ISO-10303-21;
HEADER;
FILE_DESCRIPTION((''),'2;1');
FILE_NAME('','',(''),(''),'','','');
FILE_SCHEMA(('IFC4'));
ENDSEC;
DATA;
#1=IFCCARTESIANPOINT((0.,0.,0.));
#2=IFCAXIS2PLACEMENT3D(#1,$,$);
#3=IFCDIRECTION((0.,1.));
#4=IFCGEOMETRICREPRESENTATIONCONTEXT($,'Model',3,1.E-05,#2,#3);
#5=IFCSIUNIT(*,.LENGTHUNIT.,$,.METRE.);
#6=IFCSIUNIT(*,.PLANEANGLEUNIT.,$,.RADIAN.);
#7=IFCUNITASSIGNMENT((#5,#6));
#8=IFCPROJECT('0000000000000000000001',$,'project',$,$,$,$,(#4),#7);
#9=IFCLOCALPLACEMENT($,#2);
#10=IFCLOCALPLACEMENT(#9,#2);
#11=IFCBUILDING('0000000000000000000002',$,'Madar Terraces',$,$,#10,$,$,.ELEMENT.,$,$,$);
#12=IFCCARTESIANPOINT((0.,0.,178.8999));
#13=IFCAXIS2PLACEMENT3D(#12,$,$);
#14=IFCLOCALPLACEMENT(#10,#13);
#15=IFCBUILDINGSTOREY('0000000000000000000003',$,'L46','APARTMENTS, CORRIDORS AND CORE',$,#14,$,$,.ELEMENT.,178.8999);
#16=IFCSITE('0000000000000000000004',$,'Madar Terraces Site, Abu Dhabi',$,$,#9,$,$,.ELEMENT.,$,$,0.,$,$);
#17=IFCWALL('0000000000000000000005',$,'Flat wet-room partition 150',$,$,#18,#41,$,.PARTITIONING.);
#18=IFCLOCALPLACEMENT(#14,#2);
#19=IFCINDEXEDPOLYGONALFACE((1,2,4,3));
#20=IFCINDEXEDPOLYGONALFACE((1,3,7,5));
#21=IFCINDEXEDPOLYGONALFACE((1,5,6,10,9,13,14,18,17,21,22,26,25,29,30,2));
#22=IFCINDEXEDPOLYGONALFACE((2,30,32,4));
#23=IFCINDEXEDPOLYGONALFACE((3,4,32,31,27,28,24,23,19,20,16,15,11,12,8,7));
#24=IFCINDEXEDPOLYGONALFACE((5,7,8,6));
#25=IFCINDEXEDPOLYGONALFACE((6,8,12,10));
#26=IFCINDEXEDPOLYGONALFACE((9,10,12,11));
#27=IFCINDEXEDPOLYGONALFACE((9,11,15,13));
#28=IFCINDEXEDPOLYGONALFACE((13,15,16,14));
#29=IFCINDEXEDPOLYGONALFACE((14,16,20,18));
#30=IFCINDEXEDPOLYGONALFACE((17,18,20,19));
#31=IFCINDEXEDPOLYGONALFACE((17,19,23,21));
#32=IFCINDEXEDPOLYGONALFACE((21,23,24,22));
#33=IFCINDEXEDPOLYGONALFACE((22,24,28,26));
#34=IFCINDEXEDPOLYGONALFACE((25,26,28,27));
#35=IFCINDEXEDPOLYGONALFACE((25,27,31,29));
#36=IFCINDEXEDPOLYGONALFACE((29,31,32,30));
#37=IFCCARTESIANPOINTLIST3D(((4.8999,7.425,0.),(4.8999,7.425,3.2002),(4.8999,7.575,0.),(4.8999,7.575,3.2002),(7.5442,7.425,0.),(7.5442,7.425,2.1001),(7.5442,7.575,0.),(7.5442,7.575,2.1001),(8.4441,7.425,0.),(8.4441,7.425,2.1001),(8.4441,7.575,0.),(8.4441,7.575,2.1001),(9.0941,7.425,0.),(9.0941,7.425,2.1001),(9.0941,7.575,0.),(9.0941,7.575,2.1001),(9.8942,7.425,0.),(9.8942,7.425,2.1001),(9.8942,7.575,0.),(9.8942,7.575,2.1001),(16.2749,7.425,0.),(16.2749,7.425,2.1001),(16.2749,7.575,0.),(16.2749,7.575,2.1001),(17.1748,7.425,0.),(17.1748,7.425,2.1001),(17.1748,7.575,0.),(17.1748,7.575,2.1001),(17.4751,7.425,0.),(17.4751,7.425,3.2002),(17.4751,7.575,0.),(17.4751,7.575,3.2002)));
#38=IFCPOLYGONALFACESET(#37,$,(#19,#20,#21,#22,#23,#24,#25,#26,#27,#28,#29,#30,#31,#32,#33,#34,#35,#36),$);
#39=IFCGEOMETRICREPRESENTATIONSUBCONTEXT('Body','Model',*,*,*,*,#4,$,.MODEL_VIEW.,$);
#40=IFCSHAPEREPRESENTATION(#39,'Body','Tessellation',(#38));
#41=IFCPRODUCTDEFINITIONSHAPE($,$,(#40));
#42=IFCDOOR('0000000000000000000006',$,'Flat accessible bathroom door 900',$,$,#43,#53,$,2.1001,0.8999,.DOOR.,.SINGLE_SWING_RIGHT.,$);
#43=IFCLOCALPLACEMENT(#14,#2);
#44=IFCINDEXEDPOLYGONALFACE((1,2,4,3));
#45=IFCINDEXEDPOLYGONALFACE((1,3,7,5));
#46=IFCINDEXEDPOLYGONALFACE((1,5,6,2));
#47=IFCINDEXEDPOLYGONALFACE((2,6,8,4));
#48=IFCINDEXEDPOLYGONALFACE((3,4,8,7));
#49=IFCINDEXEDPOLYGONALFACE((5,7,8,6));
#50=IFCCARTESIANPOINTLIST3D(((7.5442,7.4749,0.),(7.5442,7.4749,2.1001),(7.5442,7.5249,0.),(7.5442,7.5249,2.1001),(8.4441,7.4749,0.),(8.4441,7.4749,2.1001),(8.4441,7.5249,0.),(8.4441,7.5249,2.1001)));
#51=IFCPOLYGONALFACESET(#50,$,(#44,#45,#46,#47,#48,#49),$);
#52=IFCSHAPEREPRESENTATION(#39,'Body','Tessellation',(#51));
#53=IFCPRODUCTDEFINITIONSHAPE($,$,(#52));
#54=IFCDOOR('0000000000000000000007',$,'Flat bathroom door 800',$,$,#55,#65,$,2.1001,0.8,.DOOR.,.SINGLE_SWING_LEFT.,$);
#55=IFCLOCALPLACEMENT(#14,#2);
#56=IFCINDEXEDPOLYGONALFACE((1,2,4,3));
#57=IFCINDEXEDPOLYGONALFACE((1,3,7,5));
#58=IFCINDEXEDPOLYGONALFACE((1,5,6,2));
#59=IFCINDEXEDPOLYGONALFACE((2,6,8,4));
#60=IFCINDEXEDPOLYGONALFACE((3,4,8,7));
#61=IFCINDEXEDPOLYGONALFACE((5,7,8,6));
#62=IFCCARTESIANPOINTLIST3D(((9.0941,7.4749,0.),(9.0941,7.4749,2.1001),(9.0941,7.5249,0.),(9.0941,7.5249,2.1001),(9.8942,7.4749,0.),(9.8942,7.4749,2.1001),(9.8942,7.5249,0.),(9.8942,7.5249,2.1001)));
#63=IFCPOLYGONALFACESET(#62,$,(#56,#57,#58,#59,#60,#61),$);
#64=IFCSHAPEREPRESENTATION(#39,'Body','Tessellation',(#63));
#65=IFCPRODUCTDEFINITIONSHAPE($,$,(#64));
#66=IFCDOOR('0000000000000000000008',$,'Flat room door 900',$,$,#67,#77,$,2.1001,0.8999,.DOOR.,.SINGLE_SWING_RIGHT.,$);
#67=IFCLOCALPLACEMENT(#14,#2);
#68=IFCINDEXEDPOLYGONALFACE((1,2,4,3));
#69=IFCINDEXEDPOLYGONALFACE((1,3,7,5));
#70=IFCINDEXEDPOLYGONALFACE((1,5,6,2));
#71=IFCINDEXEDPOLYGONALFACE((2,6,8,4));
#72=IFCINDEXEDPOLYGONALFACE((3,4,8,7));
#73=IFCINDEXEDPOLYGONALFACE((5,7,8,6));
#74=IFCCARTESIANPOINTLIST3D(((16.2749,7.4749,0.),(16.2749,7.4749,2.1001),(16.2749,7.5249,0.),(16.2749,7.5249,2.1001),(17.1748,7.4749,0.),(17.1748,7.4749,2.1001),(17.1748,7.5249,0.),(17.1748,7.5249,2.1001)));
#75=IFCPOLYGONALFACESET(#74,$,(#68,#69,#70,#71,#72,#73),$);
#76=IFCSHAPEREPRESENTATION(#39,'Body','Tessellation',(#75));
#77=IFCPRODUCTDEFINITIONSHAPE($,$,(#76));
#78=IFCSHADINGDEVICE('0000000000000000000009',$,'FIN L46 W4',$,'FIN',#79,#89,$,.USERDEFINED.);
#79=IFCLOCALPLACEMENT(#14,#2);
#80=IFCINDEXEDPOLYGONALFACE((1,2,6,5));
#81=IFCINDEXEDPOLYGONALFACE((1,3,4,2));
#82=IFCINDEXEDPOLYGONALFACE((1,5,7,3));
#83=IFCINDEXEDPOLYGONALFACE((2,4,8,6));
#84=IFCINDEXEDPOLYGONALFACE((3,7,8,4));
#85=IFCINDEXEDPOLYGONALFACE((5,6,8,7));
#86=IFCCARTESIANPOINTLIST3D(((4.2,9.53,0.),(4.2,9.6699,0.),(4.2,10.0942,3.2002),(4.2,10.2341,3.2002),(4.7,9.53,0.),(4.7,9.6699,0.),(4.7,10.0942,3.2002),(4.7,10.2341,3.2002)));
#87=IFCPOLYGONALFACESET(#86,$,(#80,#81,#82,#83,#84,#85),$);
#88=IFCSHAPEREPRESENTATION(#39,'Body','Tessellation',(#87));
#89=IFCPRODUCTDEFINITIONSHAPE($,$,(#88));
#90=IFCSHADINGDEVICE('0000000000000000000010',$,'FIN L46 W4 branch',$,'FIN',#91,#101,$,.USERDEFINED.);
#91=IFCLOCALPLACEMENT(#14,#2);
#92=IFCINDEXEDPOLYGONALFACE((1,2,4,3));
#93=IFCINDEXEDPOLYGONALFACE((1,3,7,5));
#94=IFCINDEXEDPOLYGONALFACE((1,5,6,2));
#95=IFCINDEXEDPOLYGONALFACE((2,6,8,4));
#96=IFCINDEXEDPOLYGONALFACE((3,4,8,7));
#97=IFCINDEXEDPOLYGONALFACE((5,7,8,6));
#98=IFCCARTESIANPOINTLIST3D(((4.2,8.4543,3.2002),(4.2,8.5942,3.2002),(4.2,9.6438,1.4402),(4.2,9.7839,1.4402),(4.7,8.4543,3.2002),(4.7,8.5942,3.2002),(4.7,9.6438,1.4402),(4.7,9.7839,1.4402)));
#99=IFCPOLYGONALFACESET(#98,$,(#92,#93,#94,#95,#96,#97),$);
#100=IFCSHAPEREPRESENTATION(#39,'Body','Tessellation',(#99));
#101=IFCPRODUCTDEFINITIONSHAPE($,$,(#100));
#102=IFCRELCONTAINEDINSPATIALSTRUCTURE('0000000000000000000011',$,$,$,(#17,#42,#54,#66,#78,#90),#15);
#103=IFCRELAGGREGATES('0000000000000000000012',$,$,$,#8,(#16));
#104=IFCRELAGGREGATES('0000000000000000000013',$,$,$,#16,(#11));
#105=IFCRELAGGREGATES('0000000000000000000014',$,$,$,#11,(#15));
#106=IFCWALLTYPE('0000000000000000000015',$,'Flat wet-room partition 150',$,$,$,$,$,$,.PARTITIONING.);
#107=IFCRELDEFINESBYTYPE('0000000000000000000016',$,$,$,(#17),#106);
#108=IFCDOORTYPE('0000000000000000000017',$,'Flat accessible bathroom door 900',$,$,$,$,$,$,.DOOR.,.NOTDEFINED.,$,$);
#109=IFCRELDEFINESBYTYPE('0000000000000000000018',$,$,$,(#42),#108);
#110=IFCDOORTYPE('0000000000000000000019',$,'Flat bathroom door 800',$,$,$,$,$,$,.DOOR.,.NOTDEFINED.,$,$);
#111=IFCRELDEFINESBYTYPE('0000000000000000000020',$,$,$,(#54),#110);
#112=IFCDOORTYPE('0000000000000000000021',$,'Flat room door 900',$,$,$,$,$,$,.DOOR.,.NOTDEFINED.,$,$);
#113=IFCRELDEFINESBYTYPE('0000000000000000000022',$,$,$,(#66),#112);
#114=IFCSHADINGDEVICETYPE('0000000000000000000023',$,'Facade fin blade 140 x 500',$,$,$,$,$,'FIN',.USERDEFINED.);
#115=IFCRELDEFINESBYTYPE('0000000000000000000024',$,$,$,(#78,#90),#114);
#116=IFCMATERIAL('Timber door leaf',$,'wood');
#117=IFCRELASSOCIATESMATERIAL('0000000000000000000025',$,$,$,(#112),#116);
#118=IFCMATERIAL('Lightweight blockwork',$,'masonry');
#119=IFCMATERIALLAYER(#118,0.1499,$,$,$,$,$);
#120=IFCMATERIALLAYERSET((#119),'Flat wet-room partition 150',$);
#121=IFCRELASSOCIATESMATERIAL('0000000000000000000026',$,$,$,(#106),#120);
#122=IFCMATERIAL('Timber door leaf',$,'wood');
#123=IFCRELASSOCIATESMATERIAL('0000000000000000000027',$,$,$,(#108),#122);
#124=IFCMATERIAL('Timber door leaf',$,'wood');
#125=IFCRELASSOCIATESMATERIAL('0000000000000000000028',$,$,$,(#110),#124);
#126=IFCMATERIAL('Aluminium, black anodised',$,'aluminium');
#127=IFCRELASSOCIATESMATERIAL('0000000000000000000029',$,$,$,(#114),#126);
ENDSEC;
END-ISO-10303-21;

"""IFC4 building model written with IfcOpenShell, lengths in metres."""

from ifc_helpers import new_model, si_unit, direction, frame, frame_2d, origin, place, context, subcontext, project, spatial, polyline, rectangle, outline, extrude, material, layer, layer_set, type_object, element, fill, save


model = new_model("IFC4")

# Units and contexts
model_context = context("Model", 3, precision=1e-05, world=origin(), true_north=direction((0.0, 1.0)))
body_context = subcontext(model_context, "Body", "Model", "MODEL_VIEW")
ifc_project = project(units=[si_unit("LENGTHUNIT", "METRE"), si_unit("PLANEANGLEUNIT", "RADIAN")], contexts=[model_context])

# Site, building, storey
site_placement = place(None, origin())
site = spatial("IfcSite", under=ifc_project, at=site_placement, Name="Madar Terraces Site, Abu Dhabi", CompositionType="ELEMENT", RefElevation=0.0)
building_placement = place(site_placement, origin())
building = spatial("IfcBuilding", under=site, at=building_placement, Name="Madar Terraces", CompositionType="ELEMENT")
storey_placement = place(building_placement, frame((0.0, 0.0, 178.8999)))
storey = spatial("IfcBuildingStorey", under=building, at=storey_placement, Name="L46", Description="APARTMENTS, CORRIDORS AND CORE", CompositionType="ELEMENT", Elevation=178.8999)

# Shared definitions
ifc_material_1 = material(Name="Timber door leaf", Category="wood")
door_type_1 = type_object("IfcDoorType", Name="Flat room door 900", OperationType="NOTDEFINED", PredefinedType="DOOR", material=ifc_material_1)

# Shared definitions
ifc_material_2 = material(Name="Lightweight blockwork", Category="masonry")
ifc_layer_1 = layer(ifc_material_2, 0.1499)
ifc_layer_set_1 = layer_set([ifc_layer_1], Name="Flat wet-room partition 150")
wall_type_1 = type_object("IfcWallType", Name="Flat wet-room partition 150", PredefinedType="PARTITIONING", material=ifc_layer_set_1)

# Wall, openings, doors
wall_1_placement = place(storey_placement, frame((4.8999, 7.5, 0.0), z_axis=(0.0, 0.0, 1.0), x_axis=(1.0, 0.0, 0.0)))
wall_1 = element("IfcWall", 1, at=wall_1_placement, inside=storey, type_object=wall_type_1, Name="Flat wet-room partition 150", PredefinedType="PARTITIONING", context=body_context, shape_type="SweptSolid", body=[
    extrude(rectangle(XDim=12.5752, YDim=0.1499, at=frame_2d((6.2876, 0.0))), origin(), (0.0, 0.0, 1.0), 3.2002),
])
opening_1_placement = place(wall_1_placement, frame((11.375, 0.0, 0.0)))
opening_1 = element("IfcOpeningElement", 2, at=opening_1_placement, cuts=wall_1, PredefinedType="OPENING", context=body_context, shape_type="SweptSolid", body=[
    extrude(rectangle(XDim=0.8999, YDim=2.1001, at=frame_2d((0.45, 1.05))), frame((0.0, 0.085, 0.0), z_axis=(0.0, -1.0, 0.0), x_axis=(1.0, 0.0, 0.0)), (0.0, 0.0, 1.0), 0.1699),
])
opening_2_placement = place(wall_1_placement, frame((4.1943, 0.0, 0.0)))
opening_2 = element("IfcOpeningElement", 3, at=opening_2_placement, cuts=wall_1, PredefinedType="OPENING", context=body_context, shape_type="SweptSolid", body=[
    extrude(rectangle(XDim=0.8, YDim=2.1001, at=frame_2d((0.3999, 1.05))), frame((0.0, 0.085, 0.0), z_axis=(0.0, -1.0, 0.0), x_axis=(1.0, 0.0, 0.0)), (0.0, 0.0, 1.0), 0.1699),
])
opening_3_placement = place(wall_1_placement, frame((2.6443, 0.0, 0.0)))
opening_3 = element("IfcOpeningElement", 4, at=opening_3_placement, cuts=wall_1, PredefinedType="OPENING", context=body_context, shape_type="SweptSolid", body=[
    extrude(rectangle(XDim=0.8999, YDim=2.1001, at=frame_2d((0.45, 1.05))), frame((0.0, 0.085, 0.0), z_axis=(0.0, -1.0, 0.0), x_axis=(1.0, 0.0, 0.0)), (0.0, 0.0, 1.0), 0.1699),
])
ifc_material_3 = material(Name="Timber door leaf", Category="wood")
door_type_2 = type_object("IfcDoorType", Name="Flat accessible bathroom door 900", OperationType="NOTDEFINED", PredefinedType="DOOR", material=ifc_material_3)
door_1_placement = place(opening_3_placement, origin())
door_1 = element("IfcDoor", 5, at=door_1_placement, inside=storey, type_object=door_type_2, Name="Flat accessible bathroom door 900", OperationType="SINGLE_SWING_RIGHT", OverallHeight=2.1001, OverallWidth=0.8999, PredefinedType="DOOR", context=body_context, shape_type="SweptSolid", body=[
    extrude(rectangle(XDim=0.8999, YDim=2.1001, at=frame_2d((0.45, 1.05))), frame((0.0, 0.0249, 0.0), z_axis=(0.0, -1.0, 0.0), x_axis=(1.0, 0.0, 0.0)), (0.0, 0.0, 1.0), 0.05),
])
fill(opening_3, door_1)
ifc_material_4 = material(Name="Timber door leaf", Category="wood")
door_type_3 = type_object("IfcDoorType", Name="Flat bathroom door 800", OperationType="NOTDEFINED", PredefinedType="DOOR", material=ifc_material_4)
door_2_placement = place(opening_2_placement, origin())
door_2 = element("IfcDoor", 6, at=door_2_placement, inside=storey, type_object=door_type_3, Name="Flat bathroom door 800", OperationType="SINGLE_SWING_LEFT", OverallHeight=2.1001, OverallWidth=0.8, PredefinedType="DOOR", context=body_context, shape_type="SweptSolid", body=[
    extrude(rectangle(XDim=0.8, YDim=2.1001, at=frame_2d((0.3999, 1.05))), frame((0.0, 0.0249, 0.0), z_axis=(0.0, -1.0, 0.0), x_axis=(1.0, 0.0, 0.0)), (0.0, 0.0, 1.0), 0.05),
])
fill(opening_2, door_2)
door_3_placement = place(opening_1_placement, origin())
door_3 = element("IfcDoor", 7, at=door_3_placement, inside=storey, type_object=door_type_1, Name="Flat room door 900", OperationType="SINGLE_SWING_RIGHT", OverallHeight=2.1001, OverallWidth=0.8999, PredefinedType="DOOR", context=body_context, shape_type="SweptSolid", body=[
    extrude(rectangle(XDim=0.8999, YDim=2.1001, at=frame_2d((0.45, 1.05))), frame((0.0, 0.0249, 0.0), z_axis=(0.0, -1.0, 0.0), x_axis=(1.0, 0.0, 0.0)), (0.0, 0.0, 1.0), 0.05),
])
fill(opening_1, door_3)

# Shading devices
ifc_material_5 = material(Name="Aluminium, black anodised", Category="aluminium")
shading_device_type = type_object("IfcShadingDeviceType", Name="Facade fin blade 140 x 500", ElementType="FIN", PredefinedType="USERDEFINED", material=ifc_material_5)
shading_device_1_placement = place(storey_placement, frame((4.45, 9.6699, 0.0), z_axis=(0.0, 0.0, 1.0), x_axis=(0.0, -1.0, 0.0)))
element("IfcShadingDevice", 8, at=shading_device_1_placement, inside=storey, type_object=shading_device_type, Name="FIN L46 W4", ObjectType="FIN", PredefinedType="USERDEFINED", context=body_context, shape_type="SweptSolid", body=[
    extrude(outline(polyline([(0.0, 0.0), (0.1399, 0.0), (-0.4243, 3.2002), (-0.5642, 3.2002), (0.0, 0.0)])), frame((0.0, 0.25, 0.0), z_axis=(0.0, -1.0, 0.0), x_axis=(1.0, 0.0, 0.0)), (0.0, 0.0, 1.0), 0.5),
])
shading_device_2_placement = place(storey_placement, frame((4.45, 9.7839, 1.4402), z_axis=(0.0, 0.0, 1.0), x_axis=(0.0, -1.0, 0.0)))
element("IfcShadingDevice", 9, at=shading_device_2_placement, inside=storey, type_object=shading_device_type, Name="FIN L46 W4 branch", ObjectType="FIN", PredefinedType="USERDEFINED", context=body_context, shape_type="SweptSolid", body=[
    extrude(outline(polyline([(0.0, 0.0), (0.1401, 0.0), (1.3296, 1.76), (1.1897, 1.76), (0.0, 0.0)])), frame((0.0, 0.25, 0.0), z_axis=(0.0, -1.0, 0.0), x_axis=(1.0, 0.0, 0.0)), (0.0, 0.0, 1.0), 0.5),
])

save(model, "model.ifc")
